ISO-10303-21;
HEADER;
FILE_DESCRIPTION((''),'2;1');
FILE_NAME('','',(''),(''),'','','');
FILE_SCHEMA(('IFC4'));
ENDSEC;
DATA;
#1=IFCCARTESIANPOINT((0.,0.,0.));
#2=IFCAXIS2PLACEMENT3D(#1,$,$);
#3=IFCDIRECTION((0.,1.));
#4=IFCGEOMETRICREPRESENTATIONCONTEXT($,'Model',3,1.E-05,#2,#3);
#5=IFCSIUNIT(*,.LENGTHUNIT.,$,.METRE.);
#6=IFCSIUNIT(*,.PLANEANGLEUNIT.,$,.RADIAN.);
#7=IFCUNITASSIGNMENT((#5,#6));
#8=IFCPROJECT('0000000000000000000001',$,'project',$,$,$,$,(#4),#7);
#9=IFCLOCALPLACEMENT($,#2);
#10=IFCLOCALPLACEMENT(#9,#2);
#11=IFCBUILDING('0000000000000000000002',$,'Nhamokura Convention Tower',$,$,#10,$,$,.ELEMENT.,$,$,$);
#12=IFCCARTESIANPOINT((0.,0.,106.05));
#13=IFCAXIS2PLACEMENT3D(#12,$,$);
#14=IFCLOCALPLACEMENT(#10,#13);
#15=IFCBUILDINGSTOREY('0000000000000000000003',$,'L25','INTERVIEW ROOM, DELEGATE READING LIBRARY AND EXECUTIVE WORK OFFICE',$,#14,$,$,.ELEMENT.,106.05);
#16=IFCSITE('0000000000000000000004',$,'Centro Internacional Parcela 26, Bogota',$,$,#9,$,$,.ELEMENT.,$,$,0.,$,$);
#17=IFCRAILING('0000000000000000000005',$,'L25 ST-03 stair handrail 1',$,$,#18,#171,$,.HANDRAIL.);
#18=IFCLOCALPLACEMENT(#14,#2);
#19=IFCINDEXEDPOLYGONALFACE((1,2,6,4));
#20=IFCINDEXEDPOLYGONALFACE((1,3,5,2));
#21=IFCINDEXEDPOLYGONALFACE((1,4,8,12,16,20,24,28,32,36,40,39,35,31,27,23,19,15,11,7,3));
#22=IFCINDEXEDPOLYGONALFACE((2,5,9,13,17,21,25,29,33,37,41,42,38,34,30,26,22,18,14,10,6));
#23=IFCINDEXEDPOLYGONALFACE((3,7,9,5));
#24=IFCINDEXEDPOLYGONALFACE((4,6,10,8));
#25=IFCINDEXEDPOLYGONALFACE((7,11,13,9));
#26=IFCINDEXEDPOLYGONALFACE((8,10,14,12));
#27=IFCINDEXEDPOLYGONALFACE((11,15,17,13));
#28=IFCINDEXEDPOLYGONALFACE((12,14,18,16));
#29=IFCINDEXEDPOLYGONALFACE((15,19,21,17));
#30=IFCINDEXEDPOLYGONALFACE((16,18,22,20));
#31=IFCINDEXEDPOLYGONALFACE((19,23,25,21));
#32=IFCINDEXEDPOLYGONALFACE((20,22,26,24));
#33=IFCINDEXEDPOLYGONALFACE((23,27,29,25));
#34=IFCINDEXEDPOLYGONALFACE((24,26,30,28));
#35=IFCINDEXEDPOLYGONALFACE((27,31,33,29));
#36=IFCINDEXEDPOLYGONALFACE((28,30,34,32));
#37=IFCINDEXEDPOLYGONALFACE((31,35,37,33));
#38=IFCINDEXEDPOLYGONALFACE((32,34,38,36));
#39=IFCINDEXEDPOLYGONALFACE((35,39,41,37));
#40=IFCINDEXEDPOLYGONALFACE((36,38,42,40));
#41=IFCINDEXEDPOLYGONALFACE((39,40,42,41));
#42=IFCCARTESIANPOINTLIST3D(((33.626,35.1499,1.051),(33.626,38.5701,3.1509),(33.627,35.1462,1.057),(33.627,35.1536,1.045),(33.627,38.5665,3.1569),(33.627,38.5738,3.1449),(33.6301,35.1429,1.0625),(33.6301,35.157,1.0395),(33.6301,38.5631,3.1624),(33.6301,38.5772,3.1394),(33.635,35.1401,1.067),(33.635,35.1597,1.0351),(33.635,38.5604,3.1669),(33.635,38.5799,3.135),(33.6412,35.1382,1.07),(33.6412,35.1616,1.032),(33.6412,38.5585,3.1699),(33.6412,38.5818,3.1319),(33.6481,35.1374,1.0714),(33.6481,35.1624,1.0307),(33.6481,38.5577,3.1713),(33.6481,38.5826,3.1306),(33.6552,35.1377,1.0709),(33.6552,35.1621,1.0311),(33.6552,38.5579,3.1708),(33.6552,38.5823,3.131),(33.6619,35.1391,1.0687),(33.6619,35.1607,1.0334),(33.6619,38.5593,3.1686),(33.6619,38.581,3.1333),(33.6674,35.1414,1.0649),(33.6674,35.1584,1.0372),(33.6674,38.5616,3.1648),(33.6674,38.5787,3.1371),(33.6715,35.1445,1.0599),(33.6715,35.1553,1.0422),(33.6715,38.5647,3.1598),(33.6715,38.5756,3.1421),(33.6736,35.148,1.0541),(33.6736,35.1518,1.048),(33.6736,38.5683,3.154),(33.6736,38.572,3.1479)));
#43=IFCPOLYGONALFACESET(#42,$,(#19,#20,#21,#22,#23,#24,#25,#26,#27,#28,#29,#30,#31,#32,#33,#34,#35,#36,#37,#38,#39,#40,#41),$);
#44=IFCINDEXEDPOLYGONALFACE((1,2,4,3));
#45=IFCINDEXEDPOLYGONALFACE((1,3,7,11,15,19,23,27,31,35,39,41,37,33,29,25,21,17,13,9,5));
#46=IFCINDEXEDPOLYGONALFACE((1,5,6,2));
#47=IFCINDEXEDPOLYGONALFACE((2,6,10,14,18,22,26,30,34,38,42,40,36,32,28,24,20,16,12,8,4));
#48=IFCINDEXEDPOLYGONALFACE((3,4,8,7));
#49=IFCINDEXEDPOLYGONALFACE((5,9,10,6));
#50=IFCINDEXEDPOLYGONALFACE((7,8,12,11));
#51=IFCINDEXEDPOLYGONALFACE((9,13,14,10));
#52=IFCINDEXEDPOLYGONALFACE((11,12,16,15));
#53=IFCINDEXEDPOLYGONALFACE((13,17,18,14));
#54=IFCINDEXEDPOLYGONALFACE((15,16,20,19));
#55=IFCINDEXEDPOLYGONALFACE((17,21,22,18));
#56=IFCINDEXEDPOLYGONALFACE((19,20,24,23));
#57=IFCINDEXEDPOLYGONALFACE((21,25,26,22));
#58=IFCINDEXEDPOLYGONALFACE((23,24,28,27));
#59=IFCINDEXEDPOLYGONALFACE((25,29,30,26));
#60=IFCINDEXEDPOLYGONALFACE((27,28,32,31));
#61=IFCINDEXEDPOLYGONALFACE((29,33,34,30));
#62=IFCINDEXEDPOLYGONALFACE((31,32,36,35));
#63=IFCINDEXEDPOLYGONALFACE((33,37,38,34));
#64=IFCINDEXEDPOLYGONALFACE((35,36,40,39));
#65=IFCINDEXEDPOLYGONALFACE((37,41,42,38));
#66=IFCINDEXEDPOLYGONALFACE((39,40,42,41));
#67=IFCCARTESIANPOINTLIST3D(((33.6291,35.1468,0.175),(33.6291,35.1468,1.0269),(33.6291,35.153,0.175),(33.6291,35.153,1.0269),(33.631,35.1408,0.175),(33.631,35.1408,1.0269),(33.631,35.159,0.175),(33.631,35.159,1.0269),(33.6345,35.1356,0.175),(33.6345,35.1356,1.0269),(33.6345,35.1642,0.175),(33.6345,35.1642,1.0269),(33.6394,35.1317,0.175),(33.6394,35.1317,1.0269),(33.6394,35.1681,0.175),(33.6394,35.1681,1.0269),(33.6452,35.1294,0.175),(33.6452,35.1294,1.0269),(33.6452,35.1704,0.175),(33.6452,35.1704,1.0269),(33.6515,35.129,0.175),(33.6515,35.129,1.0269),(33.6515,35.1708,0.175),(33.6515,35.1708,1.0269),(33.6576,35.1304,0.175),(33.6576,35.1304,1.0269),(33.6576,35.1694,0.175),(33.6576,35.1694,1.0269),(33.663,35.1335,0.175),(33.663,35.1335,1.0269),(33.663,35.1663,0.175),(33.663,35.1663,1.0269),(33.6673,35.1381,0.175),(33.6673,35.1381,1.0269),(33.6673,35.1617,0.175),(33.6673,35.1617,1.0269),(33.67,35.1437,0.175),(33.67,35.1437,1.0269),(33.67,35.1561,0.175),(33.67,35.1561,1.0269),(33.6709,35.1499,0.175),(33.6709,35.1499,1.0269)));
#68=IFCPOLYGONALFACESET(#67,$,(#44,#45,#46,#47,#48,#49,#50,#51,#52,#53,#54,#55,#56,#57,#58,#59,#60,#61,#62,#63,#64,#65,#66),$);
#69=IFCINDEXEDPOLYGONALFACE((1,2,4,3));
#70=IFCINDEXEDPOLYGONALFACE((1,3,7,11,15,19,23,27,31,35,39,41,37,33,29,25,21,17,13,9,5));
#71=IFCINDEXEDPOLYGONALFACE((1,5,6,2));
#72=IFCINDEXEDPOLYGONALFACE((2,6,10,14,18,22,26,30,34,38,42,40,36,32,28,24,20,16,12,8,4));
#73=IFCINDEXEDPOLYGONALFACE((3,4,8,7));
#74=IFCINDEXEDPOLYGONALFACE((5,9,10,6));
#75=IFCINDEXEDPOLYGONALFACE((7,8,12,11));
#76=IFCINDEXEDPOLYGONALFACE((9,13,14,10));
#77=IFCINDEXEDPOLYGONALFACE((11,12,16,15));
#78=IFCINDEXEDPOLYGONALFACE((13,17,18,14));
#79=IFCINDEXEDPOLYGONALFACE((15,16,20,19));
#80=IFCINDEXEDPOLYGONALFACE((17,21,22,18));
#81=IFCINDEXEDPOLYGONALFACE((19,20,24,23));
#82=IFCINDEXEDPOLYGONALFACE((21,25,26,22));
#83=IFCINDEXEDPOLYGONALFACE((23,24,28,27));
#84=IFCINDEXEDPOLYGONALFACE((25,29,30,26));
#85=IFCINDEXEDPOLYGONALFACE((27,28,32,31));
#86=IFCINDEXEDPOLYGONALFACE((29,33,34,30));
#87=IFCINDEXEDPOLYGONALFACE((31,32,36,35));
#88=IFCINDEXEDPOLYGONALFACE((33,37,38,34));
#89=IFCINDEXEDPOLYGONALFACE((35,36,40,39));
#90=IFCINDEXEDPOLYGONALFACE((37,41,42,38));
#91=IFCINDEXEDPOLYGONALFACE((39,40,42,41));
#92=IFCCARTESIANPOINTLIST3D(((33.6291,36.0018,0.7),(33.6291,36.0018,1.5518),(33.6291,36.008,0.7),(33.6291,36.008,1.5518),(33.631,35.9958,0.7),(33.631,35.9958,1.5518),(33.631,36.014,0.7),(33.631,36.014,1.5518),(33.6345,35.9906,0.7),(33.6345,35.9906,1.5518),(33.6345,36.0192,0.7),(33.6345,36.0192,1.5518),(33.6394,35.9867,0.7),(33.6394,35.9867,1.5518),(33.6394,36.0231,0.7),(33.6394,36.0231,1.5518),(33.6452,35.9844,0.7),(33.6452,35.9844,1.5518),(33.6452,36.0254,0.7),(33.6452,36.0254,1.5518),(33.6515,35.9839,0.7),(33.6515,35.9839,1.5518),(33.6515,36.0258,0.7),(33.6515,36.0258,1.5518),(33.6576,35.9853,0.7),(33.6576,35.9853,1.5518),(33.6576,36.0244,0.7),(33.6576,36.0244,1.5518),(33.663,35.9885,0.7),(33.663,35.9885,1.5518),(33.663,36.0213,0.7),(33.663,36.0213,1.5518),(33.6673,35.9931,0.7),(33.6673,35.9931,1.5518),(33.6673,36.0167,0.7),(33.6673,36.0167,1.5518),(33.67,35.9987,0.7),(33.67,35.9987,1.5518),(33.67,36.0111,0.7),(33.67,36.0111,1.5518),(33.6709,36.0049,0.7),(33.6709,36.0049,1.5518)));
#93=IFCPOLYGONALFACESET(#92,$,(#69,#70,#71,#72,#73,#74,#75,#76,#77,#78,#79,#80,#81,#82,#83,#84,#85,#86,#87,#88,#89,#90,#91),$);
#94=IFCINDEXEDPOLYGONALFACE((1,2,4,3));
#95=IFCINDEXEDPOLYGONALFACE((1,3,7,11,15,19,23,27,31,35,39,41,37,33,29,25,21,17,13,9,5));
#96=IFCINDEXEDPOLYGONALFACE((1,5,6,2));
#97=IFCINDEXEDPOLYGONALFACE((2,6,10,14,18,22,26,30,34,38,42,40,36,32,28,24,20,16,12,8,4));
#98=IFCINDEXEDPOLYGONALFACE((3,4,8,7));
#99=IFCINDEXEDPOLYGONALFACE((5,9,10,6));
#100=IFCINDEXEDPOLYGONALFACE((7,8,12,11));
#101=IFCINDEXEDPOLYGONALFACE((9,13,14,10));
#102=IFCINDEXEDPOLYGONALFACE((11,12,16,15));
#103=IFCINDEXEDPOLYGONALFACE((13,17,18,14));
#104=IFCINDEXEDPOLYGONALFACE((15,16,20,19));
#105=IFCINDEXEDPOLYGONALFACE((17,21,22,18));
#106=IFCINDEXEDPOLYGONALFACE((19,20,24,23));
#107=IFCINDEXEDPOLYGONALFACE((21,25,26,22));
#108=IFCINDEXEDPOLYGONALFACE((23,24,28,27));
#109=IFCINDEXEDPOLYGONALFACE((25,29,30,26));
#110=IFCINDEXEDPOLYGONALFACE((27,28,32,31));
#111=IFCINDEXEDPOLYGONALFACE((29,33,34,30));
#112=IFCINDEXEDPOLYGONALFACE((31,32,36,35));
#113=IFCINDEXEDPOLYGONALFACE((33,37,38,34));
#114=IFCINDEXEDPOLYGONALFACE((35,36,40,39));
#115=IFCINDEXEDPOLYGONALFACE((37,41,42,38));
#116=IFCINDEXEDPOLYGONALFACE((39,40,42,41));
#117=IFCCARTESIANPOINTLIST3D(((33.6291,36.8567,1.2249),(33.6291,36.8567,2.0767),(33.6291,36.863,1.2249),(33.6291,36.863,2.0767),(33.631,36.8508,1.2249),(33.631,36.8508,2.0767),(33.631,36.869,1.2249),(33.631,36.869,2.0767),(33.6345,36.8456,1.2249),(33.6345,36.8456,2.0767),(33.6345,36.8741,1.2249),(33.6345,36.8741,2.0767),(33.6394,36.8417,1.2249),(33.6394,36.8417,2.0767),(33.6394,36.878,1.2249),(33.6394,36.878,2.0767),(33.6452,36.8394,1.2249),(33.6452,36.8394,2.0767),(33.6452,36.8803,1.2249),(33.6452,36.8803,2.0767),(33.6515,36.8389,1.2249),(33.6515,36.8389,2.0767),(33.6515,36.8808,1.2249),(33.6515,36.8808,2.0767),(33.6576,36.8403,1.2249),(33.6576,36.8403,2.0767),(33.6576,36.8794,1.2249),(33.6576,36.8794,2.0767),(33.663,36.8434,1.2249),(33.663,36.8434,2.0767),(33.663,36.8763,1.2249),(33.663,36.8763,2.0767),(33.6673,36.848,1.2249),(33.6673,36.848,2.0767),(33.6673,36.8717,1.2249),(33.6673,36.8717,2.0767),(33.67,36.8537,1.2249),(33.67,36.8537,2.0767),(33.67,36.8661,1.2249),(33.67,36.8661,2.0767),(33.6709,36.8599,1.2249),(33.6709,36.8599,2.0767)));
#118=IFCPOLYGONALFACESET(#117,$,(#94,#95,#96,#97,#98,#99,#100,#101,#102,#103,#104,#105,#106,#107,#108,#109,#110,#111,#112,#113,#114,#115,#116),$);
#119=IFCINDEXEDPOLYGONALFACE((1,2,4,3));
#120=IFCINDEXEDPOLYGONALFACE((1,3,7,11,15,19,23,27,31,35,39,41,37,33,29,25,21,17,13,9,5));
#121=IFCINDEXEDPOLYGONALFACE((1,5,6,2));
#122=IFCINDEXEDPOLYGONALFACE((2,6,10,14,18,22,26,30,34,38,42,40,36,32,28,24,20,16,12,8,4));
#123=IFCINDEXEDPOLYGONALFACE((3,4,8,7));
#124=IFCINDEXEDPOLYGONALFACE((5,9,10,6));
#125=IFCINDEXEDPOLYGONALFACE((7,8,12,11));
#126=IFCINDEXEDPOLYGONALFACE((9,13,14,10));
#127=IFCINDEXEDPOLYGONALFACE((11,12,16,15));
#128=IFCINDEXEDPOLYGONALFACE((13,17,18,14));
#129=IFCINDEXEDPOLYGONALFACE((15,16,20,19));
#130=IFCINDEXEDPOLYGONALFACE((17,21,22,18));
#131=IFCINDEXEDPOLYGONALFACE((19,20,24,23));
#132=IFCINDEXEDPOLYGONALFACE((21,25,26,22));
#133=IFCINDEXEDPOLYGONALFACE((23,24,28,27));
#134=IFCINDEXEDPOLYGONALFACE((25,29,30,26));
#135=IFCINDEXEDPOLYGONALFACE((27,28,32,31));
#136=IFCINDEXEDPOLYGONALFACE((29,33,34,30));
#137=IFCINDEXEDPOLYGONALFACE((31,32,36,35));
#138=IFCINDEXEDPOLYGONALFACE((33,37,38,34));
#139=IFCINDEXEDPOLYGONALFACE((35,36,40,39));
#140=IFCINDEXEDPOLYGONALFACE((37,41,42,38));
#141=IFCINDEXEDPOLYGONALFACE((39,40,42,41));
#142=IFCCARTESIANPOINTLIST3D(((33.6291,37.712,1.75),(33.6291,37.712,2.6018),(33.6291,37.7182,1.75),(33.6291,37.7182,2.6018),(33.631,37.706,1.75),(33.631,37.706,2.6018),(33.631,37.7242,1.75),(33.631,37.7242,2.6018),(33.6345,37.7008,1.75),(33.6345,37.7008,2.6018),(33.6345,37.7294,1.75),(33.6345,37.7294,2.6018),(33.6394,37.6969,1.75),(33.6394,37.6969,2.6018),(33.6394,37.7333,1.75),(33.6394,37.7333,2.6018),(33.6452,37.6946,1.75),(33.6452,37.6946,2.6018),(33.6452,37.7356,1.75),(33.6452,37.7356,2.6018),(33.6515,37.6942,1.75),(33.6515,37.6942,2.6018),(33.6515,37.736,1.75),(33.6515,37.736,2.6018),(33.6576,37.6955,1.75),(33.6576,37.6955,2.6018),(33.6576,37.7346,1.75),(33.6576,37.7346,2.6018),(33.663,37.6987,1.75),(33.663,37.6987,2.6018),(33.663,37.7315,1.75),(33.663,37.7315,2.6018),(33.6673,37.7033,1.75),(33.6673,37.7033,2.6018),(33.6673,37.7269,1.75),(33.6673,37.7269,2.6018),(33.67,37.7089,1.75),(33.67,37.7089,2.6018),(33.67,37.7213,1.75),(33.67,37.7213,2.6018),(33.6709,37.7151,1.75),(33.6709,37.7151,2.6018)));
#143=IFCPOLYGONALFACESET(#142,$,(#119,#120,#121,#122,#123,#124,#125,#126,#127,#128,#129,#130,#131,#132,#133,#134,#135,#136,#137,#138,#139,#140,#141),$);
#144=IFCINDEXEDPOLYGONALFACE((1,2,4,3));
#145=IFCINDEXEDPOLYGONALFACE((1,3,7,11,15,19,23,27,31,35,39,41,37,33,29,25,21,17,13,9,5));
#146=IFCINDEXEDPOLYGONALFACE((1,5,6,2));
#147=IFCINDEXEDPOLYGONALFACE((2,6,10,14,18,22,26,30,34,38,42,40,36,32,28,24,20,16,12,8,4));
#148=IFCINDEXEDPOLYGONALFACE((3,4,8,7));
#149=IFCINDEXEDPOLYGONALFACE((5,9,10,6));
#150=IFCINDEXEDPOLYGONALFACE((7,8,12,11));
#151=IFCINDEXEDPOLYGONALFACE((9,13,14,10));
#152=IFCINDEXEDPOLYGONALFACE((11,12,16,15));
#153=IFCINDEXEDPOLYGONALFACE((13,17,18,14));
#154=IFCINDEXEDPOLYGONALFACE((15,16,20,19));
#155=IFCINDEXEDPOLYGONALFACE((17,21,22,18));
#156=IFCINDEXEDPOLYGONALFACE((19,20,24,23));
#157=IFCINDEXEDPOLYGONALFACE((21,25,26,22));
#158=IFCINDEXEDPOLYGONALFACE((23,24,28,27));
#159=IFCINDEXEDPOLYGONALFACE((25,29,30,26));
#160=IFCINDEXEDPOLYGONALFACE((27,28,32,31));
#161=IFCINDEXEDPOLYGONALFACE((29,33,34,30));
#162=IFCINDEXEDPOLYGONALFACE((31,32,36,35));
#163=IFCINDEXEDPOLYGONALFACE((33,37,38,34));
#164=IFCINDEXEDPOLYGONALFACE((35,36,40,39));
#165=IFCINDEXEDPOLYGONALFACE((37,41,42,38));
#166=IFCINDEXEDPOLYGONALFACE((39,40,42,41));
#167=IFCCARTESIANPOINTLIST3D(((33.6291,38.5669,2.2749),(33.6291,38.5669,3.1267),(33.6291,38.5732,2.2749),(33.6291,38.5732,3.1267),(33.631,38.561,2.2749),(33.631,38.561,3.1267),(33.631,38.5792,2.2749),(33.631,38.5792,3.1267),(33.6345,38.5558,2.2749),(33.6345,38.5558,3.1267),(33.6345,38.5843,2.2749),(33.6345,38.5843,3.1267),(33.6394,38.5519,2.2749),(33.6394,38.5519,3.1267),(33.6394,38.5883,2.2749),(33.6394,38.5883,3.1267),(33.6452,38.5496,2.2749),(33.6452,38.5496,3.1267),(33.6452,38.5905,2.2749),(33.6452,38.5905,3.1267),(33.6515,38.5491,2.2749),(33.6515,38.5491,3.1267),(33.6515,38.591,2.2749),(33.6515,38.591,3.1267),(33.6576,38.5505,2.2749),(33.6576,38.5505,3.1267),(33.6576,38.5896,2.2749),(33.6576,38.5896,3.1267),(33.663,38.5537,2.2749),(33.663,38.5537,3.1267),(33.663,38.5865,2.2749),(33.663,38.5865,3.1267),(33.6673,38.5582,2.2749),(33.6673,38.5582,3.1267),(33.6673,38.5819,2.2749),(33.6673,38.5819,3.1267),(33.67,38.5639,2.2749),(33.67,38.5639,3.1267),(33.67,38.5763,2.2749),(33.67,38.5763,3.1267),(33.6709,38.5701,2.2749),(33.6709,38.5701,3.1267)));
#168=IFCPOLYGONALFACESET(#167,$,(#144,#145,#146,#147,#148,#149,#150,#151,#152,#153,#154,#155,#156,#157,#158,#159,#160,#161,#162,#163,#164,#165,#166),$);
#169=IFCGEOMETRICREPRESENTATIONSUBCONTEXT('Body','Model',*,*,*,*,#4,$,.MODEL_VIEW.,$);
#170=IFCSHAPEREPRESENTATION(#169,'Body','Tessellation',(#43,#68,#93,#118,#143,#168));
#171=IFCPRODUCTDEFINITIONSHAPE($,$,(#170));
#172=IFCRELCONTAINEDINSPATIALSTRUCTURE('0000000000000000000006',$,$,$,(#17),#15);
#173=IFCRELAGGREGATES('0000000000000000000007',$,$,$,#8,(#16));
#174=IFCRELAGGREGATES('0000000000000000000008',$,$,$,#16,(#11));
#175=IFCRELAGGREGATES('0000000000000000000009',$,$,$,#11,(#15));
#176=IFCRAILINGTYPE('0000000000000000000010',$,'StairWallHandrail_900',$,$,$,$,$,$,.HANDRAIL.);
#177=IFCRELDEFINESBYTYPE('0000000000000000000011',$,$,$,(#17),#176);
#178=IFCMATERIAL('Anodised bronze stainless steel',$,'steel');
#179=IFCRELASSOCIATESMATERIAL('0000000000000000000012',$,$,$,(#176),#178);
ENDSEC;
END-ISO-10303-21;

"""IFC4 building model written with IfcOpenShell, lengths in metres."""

from ifc_helpers import new_model, si_unit, direction, frame, origin, origin_2d, place, context, subcontext, project, spatial, circle, extrude, material, type_object, element, save


model = new_model("IFC4")

# Units and contexts
model_context = context("Model", 3, precision=1e-05, world=origin(), true_north=direction((0.0, 1.0)))
body_context = subcontext(model_context, "Body", "Model", "MODEL_VIEW")
ifc_project = project(units=[si_unit("LENGTHUNIT", "METRE"), si_unit("PLANEANGLEUNIT", "RADIAN")], contexts=[model_context])

# Site, building, storey
site_placement = place(None, origin())
site = spatial("IfcSite", under=ifc_project, at=site_placement, Name="Centro Internacional Parcela 26, Bogota", CompositionType="ELEMENT", RefElevation=0.0)
building_placement = place(site_placement, origin())
building = spatial("IfcBuilding", under=site, at=building_placement, Name="Nhamokura Convention Tower", CompositionType="ELEMENT")
storey_placement = place(building_placement, frame((0.0, 0.0, 106.05)))
storey = spatial("IfcBuildingStorey", under=building, at=storey_placement, Name="L25", Description="INTERVIEW ROOM, DELEGATE READING LIBRARY AND EXECUTIVE WORK OFFICE", CompositionType="ELEMENT", Elevation=106.05)

# Railing
ifc_material_1 = material(Name="Anodised bronze stainless steel", Category="steel")
railing_type_1 = type_object("IfcRailingType", Name="StairWallHandrail_900", PredefinedType="HANDRAIL", material=ifc_material_1)
railing_1_placement = place(storey_placement, frame((33.6499, 35.1499, 0.175)))
element("IfcRailing", 1, at=railing_1_placement, inside=storey, type_object=railing_type_1, Name="L25 ST-03 stair handrail 1", PredefinedType="HANDRAIL", context=body_context, shape_type="SweptSolid", body=[
    extrude(circle(Radius=0.0239, at=origin_2d()), frame((0.0, 0.0, 0.876), z_axis=(0.0, 0.852199, 0.523218), x_axis=(-1.0, 0.0, 0.0)), (0.0, 0.0, 1.0), 4.0134),
    extrude(circle(Radius=0.021, at=origin_2d()), origin(), (0.0, 0.0, 1.0), 0.8518),
    extrude(circle(Radius=0.021, at=origin_2d()), frame((0.0, 0.855, 0.5249)), (0.0, 0.0, 1.0), 0.8518),
    extrude(circle(Radius=0.021, at=origin_2d()), frame((0.0, 1.71, 1.0498)), (0.0, 0.0, 1.0), 0.8518),
    extrude(circle(Radius=0.021, at=origin_2d()), frame((0.0, 2.5652, 1.575)), (0.0, 0.0, 1.0), 0.8518),
    extrude(circle(Radius=0.021, at=origin_2d()), frame((0.0, 3.4202, 2.0999)), (0.0, 0.0, 1.0), 0.8518),
])

save(model, "model.ifc")
